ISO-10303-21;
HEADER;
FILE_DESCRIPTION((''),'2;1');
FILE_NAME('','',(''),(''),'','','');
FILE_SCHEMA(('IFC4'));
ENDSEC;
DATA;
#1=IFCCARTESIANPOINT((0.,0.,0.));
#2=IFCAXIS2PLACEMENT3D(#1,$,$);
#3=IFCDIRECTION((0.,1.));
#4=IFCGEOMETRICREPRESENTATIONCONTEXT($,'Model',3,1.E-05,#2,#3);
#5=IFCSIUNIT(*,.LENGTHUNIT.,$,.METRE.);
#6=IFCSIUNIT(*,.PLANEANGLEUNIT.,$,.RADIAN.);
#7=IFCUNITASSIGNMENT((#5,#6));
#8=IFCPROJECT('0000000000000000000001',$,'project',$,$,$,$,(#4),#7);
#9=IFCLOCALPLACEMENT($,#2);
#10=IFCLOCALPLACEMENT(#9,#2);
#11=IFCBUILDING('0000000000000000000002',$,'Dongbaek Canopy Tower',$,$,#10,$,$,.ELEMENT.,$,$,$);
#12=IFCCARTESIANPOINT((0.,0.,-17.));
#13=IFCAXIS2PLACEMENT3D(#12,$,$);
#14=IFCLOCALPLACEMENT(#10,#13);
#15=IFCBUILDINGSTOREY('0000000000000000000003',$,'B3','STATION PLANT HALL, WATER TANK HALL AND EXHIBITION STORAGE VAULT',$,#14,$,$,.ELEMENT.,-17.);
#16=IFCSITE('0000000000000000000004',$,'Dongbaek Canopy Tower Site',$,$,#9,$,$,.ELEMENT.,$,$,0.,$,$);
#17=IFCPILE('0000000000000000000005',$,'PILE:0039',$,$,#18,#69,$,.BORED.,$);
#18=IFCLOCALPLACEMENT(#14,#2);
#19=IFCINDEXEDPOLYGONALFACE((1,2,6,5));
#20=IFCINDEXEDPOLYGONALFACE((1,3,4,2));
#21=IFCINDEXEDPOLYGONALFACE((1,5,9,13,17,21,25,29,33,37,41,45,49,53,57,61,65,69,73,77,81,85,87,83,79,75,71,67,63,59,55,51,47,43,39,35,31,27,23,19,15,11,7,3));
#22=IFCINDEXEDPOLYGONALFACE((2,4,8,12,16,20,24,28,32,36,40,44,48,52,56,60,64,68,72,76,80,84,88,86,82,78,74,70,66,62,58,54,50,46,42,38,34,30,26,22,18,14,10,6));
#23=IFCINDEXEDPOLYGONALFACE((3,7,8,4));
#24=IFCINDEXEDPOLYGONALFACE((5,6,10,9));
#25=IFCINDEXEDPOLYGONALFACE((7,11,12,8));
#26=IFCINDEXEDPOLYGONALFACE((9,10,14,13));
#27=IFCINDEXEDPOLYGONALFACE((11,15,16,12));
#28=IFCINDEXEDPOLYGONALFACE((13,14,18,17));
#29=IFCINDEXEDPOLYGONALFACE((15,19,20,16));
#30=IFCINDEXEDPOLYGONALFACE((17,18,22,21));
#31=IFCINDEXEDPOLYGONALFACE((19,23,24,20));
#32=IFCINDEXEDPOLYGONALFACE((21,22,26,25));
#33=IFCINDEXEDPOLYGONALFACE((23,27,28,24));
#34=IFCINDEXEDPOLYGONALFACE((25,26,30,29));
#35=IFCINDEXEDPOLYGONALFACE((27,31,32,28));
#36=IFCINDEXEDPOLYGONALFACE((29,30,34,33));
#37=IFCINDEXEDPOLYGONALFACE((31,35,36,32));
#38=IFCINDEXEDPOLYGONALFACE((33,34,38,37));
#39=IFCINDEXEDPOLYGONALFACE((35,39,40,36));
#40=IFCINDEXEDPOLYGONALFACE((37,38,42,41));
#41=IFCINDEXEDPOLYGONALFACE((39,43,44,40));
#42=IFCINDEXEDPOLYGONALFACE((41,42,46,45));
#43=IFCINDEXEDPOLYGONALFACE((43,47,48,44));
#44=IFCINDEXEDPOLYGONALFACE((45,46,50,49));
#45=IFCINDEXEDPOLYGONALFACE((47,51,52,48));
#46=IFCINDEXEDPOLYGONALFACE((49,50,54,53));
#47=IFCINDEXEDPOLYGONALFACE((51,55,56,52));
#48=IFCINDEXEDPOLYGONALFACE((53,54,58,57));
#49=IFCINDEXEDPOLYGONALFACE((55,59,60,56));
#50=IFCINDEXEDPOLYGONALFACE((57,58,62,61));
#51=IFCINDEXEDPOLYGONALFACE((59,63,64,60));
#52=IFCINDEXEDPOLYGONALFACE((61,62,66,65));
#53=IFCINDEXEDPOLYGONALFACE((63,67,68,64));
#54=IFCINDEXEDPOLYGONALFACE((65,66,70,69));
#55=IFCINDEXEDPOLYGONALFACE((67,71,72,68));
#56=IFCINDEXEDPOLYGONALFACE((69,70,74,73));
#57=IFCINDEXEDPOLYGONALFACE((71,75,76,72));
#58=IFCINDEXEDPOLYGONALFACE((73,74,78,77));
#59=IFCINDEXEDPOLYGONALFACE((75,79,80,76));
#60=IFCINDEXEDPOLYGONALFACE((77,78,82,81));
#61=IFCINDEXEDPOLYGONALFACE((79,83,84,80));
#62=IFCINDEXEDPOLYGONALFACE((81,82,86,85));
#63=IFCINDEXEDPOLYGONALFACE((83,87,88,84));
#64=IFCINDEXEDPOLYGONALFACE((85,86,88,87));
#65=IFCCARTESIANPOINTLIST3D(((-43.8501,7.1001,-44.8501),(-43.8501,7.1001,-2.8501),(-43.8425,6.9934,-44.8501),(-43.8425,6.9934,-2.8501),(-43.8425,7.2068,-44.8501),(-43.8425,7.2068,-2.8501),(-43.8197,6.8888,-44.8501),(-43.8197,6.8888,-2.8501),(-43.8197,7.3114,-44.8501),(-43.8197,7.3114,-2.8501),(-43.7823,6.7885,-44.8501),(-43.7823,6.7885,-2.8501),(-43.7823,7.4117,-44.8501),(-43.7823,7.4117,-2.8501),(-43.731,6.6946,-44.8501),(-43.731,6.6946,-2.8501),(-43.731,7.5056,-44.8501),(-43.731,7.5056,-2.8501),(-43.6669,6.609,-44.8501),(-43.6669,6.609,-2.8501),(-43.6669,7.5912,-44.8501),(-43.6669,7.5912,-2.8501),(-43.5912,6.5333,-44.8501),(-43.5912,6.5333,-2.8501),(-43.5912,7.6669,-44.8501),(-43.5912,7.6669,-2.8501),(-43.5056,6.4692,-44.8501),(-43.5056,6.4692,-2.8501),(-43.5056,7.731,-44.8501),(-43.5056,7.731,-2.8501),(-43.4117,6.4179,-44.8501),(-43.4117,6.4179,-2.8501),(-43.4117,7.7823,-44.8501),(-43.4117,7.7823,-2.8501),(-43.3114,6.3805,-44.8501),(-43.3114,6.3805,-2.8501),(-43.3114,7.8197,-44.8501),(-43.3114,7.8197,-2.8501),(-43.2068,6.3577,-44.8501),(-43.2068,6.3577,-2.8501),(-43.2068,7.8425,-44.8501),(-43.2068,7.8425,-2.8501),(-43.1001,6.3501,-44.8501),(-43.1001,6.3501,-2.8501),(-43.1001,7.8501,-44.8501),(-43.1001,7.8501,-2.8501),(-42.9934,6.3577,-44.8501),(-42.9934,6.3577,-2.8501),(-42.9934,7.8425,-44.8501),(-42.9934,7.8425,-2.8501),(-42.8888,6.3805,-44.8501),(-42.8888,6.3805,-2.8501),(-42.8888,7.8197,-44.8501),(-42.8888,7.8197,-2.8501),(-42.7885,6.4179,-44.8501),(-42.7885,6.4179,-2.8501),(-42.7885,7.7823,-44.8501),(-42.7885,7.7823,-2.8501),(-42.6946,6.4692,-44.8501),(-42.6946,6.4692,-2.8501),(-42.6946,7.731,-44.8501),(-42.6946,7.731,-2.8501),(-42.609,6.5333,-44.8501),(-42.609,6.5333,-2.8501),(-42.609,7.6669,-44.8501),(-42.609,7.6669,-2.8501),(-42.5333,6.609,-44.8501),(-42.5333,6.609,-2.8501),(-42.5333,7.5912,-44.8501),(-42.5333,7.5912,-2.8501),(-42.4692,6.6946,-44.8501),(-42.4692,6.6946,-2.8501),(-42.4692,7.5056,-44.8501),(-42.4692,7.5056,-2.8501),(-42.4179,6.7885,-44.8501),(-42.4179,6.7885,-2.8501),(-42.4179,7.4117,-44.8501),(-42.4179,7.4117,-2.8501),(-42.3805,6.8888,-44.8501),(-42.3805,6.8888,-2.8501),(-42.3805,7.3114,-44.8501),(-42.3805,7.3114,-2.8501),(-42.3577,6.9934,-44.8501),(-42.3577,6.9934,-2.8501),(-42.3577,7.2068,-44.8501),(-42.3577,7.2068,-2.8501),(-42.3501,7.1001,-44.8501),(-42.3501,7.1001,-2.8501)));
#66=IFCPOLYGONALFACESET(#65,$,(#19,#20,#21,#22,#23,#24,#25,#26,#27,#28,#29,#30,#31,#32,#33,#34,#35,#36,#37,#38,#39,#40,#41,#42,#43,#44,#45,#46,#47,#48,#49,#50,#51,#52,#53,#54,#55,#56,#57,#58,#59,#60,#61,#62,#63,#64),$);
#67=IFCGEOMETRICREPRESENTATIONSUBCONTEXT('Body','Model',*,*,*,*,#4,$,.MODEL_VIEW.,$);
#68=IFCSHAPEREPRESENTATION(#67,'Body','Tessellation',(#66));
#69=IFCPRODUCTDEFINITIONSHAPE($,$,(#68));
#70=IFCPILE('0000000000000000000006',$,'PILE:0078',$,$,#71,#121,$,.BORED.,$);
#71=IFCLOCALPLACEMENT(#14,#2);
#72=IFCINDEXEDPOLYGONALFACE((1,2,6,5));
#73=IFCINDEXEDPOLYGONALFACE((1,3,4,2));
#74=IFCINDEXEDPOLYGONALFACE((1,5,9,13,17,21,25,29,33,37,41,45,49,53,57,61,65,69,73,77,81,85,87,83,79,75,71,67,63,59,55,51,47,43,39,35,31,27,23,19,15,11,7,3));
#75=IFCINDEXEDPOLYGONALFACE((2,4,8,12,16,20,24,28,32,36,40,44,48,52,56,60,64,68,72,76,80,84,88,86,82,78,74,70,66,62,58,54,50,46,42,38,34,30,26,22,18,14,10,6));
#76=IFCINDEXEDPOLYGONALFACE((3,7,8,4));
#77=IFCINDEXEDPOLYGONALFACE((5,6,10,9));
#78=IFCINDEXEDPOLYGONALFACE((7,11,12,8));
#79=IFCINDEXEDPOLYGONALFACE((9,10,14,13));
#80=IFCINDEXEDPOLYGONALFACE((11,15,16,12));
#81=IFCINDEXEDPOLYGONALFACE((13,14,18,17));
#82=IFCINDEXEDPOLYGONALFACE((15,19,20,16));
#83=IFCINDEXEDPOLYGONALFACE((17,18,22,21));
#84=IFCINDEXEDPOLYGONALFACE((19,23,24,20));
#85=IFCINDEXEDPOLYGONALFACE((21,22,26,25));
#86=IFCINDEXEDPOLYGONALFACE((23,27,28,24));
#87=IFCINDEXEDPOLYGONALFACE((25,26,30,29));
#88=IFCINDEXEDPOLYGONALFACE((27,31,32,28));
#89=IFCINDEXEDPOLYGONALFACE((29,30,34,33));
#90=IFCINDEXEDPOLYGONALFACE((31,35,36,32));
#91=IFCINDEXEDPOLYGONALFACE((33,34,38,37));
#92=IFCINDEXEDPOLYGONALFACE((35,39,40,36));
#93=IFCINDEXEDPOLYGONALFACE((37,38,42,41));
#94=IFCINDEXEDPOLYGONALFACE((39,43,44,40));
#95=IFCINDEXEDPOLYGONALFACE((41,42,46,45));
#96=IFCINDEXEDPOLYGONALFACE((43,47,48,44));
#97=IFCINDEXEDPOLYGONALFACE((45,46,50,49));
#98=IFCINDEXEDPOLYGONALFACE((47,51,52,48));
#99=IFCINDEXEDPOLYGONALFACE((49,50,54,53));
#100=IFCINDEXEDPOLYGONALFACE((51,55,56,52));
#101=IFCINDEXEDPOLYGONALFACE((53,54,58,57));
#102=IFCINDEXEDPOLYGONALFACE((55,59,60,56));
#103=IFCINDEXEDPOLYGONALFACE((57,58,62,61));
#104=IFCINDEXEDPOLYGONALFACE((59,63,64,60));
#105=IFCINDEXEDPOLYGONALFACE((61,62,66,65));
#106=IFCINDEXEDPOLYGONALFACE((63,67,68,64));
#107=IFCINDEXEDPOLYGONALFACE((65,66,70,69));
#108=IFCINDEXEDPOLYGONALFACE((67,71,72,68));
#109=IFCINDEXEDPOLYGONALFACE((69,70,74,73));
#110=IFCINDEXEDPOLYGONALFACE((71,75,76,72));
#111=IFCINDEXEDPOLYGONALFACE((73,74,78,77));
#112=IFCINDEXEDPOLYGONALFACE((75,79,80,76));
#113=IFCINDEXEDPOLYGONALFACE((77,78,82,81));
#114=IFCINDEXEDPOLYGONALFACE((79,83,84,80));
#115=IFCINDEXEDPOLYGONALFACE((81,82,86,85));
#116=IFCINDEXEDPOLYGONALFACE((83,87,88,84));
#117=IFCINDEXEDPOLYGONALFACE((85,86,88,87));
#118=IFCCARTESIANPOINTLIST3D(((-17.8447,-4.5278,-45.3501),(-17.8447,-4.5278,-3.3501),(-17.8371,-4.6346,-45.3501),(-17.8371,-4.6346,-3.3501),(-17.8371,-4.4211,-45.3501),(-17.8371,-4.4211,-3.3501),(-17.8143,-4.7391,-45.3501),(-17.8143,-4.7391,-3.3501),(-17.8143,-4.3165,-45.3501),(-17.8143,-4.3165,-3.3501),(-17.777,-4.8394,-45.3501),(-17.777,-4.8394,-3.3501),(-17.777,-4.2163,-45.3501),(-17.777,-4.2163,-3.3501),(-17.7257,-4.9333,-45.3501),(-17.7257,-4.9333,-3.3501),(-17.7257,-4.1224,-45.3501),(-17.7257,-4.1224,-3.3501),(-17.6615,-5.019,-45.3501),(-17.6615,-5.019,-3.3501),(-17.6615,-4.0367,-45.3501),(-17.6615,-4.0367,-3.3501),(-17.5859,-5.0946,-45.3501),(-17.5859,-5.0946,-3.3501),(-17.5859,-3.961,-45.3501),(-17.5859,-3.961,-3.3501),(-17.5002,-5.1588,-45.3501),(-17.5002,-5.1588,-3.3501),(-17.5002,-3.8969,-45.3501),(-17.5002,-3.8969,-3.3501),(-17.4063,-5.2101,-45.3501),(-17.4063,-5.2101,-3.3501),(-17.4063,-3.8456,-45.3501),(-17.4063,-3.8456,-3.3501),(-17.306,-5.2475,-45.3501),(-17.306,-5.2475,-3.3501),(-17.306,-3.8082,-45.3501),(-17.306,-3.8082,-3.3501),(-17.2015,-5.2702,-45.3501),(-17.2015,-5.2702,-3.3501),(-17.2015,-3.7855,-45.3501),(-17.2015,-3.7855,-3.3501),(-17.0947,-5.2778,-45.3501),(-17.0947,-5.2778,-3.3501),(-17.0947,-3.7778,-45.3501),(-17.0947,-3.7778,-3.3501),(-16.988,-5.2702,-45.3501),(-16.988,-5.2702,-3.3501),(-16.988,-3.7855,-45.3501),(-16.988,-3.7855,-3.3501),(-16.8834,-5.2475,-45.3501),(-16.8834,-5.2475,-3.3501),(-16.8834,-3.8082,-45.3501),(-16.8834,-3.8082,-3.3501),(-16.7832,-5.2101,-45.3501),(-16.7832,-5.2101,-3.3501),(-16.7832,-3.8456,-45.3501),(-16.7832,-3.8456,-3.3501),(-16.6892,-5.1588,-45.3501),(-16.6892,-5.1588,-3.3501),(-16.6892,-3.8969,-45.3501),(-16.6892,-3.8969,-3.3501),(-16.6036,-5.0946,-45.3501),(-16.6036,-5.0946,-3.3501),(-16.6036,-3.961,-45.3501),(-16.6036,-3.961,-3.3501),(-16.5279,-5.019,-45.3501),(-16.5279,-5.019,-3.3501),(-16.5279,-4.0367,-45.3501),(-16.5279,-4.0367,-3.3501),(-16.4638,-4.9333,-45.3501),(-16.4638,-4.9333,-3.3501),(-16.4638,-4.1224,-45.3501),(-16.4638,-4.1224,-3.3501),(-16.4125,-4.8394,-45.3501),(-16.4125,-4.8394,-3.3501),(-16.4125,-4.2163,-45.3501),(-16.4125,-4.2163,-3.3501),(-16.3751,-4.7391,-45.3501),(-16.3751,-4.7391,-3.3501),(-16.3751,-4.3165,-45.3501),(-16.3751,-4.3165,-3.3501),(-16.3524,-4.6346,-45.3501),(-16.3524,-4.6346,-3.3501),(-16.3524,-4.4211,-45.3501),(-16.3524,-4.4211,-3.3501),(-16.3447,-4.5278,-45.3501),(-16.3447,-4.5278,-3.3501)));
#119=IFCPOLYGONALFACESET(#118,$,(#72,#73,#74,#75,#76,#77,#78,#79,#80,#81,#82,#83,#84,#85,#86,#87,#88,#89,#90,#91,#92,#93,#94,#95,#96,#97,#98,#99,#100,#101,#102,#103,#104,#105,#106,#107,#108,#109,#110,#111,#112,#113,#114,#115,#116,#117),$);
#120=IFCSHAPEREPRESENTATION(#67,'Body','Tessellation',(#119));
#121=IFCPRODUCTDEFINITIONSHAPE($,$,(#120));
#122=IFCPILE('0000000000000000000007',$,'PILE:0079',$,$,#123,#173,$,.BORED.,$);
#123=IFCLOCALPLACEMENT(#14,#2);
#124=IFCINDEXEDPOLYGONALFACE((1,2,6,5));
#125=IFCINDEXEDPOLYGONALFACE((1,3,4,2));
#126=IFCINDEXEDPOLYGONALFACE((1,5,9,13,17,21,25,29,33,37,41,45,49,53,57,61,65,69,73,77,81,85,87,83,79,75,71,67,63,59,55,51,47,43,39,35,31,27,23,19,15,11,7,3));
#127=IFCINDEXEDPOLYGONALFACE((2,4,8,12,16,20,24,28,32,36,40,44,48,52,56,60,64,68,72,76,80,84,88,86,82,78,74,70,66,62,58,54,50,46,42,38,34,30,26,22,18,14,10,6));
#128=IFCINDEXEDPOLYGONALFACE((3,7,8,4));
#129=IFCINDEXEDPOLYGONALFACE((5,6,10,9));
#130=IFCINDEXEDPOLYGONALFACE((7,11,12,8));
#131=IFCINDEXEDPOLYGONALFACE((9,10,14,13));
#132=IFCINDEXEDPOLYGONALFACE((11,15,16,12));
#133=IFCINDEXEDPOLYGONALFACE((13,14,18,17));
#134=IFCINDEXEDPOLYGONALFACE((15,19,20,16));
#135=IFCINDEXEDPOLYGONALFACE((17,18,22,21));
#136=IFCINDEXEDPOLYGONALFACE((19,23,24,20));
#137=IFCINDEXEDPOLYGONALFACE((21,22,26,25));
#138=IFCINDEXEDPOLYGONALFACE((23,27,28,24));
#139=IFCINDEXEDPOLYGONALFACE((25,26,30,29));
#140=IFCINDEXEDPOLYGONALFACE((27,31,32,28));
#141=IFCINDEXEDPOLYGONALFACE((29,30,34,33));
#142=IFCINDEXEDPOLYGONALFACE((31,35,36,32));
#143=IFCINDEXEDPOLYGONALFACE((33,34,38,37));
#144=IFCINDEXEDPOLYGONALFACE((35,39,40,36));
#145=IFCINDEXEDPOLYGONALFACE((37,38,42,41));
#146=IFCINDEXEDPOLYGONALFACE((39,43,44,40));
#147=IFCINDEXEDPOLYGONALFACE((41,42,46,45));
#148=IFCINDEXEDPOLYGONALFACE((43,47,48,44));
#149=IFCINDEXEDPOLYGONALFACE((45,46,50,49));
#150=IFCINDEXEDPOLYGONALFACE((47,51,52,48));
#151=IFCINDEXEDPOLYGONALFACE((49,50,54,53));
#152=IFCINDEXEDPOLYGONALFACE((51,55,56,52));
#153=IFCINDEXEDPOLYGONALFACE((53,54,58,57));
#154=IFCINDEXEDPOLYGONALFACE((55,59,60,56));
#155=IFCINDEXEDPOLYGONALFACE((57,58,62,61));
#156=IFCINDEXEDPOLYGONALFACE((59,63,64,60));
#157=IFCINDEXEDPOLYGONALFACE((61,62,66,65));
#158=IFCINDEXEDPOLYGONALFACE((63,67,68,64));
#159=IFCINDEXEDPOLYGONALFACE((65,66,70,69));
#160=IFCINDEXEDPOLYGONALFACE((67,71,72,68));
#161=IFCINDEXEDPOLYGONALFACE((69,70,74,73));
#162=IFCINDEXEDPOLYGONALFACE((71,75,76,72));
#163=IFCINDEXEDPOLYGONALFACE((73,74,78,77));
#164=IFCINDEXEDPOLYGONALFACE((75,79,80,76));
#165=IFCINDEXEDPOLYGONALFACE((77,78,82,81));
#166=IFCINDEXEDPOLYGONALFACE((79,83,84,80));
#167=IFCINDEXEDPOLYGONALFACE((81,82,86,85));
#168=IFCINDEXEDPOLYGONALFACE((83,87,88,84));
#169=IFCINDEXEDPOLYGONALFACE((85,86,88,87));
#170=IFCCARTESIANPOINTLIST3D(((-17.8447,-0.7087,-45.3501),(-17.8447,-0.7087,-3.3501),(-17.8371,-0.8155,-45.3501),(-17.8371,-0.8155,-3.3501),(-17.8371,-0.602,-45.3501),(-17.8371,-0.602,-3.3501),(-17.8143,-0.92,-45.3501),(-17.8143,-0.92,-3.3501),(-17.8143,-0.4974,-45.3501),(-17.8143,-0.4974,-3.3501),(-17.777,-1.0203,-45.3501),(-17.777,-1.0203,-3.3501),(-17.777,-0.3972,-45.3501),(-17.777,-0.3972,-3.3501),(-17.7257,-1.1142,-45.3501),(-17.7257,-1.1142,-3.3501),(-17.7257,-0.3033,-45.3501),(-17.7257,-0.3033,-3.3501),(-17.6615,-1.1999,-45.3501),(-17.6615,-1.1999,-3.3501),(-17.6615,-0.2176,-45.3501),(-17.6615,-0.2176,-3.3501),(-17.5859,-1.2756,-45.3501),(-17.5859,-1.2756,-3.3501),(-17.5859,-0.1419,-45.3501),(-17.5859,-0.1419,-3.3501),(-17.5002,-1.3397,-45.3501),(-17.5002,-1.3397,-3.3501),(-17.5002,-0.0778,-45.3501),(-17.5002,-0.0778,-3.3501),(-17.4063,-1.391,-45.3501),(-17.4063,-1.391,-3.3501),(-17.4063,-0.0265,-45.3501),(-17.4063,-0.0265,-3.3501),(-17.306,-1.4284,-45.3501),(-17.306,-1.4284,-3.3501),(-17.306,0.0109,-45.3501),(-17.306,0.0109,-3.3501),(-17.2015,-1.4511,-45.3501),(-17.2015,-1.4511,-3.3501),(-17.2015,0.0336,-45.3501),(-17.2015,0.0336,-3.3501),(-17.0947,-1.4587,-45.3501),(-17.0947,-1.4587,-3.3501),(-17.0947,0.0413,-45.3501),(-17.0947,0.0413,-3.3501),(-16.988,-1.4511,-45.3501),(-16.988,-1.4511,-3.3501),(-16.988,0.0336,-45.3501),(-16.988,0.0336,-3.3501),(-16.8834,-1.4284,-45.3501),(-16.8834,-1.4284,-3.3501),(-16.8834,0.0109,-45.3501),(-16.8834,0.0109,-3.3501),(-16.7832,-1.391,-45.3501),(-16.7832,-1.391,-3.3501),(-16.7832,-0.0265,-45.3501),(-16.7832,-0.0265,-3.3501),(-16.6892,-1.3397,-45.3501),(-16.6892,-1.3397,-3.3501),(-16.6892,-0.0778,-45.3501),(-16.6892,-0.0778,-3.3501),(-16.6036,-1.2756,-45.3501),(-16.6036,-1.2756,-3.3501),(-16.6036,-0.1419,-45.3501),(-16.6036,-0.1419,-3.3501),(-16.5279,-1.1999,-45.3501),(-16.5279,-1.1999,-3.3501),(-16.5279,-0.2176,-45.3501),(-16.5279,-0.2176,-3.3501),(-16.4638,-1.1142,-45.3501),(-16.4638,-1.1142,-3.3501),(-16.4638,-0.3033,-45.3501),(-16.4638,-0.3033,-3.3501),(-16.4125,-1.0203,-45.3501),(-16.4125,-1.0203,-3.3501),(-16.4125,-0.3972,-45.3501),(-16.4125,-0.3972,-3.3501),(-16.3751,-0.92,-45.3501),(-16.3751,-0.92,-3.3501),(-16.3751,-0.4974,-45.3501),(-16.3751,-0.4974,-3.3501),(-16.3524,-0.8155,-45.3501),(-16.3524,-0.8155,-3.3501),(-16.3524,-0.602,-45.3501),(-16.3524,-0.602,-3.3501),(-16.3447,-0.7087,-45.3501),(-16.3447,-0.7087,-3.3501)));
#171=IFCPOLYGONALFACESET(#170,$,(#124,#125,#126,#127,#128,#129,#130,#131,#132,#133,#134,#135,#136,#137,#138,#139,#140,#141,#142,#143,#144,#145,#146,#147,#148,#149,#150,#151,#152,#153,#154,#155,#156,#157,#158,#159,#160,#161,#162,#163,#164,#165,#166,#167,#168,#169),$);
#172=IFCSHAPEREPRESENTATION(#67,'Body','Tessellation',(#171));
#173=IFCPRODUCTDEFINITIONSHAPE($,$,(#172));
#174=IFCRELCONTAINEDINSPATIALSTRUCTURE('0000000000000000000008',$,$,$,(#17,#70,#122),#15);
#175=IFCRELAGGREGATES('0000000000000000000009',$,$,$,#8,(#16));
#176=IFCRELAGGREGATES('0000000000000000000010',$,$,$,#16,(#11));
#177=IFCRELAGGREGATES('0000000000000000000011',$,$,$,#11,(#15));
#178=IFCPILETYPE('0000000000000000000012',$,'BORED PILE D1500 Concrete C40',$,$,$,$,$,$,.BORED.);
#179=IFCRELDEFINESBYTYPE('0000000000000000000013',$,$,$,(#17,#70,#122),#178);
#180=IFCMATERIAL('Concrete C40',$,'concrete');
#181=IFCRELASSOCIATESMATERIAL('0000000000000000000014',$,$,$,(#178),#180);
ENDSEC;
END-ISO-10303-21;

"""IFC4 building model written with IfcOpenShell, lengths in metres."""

from ifc_helpers import new_model, si_unit, direction, frame, origin, origin_2d, place, context, subcontext, project, spatial, circle, extrude, material, material_profile, profile_set, type_object, element, save


model = new_model("IFC4")

# Units and contexts
model_context = context("Model", 3, precision=1e-05, world=origin(), true_north=direction((0.0, 1.0)))
body_context = subcontext(model_context, "Body", "Model", "MODEL_VIEW")
ifc_project = project(units=[si_unit("LENGTHUNIT", "METRE"), si_unit("PLANEANGLEUNIT", "RADIAN")], contexts=[model_context])

# Site, building, storey
site_placement = place(None, origin())
site = spatial("IfcSite", under=ifc_project, at=site_placement, Name="Dongbaek Canopy Tower Site", CompositionType="ELEMENT", RefElevation=0.0)
building_placement = place(site_placement, origin())
building = spatial("IfcBuilding", under=site, at=building_placement, Name="Dongbaek Canopy Tower", CompositionType="ELEMENT")
storey_placement = place(building_placement, frame((0.0, 0.0, -17.0)))
storey = spatial("IfcBuildingStorey", under=building, at=storey_placement, Name="B3", Description="STATION PLANT HALL, WATER TANK HALL AND EXHIBITION STORAGE VAULT", CompositionType="ELEMENT", Elevation=-17.0)

# Piles
ifc_material_1 = material(Name="Concrete C40", Category="concrete")
ifc_material_profile_1 = material_profile(ifc_material_1, circle(Radius=0.75, at=origin_2d()), Name="BORED PILE D1500 Concrete C40")
ifc_profile_set_1 = profile_set([ifc_material_profile_1], Name="Concrete C40")
pile_type = type_object("IfcPileType", Name="BORED PILE D1500 Concrete C40", PredefinedType="BORED", material=ifc_profile_set_1)
for number, where, z_axis, x_axis, name in (
    (1, (-43.1001, 7.1001, -2.8501), (0.0, 0.0, -1.0), (1.0, 0.0, 0.0), "PILE:0039"),
    (2, (-17.0947, -4.5278, -3.3501), (0.0, 0.0, -1.0), (1.0, 0.0, 0.0), "PILE:0078"),
    (3, (-17.0947, -0.7087, -3.3501), (0.0, 0.0, -1.0), (1.0, 0.0, 0.0), "PILE:0079"),
):
    element("IfcPile", number, at=place(storey_placement, frame(where, z_axis=z_axis, x_axis=x_axis)), inside=storey, type_object=pile_type, Name=name, PredefinedType="BORED", context=body_context, shape_type="SweptSolid", body=[
        extrude(circle(Radius=0.75, at=origin_2d()), origin(), (0.0, 0.0, 1.0), 42.0),
    ])

save(model, "model.ifc")
